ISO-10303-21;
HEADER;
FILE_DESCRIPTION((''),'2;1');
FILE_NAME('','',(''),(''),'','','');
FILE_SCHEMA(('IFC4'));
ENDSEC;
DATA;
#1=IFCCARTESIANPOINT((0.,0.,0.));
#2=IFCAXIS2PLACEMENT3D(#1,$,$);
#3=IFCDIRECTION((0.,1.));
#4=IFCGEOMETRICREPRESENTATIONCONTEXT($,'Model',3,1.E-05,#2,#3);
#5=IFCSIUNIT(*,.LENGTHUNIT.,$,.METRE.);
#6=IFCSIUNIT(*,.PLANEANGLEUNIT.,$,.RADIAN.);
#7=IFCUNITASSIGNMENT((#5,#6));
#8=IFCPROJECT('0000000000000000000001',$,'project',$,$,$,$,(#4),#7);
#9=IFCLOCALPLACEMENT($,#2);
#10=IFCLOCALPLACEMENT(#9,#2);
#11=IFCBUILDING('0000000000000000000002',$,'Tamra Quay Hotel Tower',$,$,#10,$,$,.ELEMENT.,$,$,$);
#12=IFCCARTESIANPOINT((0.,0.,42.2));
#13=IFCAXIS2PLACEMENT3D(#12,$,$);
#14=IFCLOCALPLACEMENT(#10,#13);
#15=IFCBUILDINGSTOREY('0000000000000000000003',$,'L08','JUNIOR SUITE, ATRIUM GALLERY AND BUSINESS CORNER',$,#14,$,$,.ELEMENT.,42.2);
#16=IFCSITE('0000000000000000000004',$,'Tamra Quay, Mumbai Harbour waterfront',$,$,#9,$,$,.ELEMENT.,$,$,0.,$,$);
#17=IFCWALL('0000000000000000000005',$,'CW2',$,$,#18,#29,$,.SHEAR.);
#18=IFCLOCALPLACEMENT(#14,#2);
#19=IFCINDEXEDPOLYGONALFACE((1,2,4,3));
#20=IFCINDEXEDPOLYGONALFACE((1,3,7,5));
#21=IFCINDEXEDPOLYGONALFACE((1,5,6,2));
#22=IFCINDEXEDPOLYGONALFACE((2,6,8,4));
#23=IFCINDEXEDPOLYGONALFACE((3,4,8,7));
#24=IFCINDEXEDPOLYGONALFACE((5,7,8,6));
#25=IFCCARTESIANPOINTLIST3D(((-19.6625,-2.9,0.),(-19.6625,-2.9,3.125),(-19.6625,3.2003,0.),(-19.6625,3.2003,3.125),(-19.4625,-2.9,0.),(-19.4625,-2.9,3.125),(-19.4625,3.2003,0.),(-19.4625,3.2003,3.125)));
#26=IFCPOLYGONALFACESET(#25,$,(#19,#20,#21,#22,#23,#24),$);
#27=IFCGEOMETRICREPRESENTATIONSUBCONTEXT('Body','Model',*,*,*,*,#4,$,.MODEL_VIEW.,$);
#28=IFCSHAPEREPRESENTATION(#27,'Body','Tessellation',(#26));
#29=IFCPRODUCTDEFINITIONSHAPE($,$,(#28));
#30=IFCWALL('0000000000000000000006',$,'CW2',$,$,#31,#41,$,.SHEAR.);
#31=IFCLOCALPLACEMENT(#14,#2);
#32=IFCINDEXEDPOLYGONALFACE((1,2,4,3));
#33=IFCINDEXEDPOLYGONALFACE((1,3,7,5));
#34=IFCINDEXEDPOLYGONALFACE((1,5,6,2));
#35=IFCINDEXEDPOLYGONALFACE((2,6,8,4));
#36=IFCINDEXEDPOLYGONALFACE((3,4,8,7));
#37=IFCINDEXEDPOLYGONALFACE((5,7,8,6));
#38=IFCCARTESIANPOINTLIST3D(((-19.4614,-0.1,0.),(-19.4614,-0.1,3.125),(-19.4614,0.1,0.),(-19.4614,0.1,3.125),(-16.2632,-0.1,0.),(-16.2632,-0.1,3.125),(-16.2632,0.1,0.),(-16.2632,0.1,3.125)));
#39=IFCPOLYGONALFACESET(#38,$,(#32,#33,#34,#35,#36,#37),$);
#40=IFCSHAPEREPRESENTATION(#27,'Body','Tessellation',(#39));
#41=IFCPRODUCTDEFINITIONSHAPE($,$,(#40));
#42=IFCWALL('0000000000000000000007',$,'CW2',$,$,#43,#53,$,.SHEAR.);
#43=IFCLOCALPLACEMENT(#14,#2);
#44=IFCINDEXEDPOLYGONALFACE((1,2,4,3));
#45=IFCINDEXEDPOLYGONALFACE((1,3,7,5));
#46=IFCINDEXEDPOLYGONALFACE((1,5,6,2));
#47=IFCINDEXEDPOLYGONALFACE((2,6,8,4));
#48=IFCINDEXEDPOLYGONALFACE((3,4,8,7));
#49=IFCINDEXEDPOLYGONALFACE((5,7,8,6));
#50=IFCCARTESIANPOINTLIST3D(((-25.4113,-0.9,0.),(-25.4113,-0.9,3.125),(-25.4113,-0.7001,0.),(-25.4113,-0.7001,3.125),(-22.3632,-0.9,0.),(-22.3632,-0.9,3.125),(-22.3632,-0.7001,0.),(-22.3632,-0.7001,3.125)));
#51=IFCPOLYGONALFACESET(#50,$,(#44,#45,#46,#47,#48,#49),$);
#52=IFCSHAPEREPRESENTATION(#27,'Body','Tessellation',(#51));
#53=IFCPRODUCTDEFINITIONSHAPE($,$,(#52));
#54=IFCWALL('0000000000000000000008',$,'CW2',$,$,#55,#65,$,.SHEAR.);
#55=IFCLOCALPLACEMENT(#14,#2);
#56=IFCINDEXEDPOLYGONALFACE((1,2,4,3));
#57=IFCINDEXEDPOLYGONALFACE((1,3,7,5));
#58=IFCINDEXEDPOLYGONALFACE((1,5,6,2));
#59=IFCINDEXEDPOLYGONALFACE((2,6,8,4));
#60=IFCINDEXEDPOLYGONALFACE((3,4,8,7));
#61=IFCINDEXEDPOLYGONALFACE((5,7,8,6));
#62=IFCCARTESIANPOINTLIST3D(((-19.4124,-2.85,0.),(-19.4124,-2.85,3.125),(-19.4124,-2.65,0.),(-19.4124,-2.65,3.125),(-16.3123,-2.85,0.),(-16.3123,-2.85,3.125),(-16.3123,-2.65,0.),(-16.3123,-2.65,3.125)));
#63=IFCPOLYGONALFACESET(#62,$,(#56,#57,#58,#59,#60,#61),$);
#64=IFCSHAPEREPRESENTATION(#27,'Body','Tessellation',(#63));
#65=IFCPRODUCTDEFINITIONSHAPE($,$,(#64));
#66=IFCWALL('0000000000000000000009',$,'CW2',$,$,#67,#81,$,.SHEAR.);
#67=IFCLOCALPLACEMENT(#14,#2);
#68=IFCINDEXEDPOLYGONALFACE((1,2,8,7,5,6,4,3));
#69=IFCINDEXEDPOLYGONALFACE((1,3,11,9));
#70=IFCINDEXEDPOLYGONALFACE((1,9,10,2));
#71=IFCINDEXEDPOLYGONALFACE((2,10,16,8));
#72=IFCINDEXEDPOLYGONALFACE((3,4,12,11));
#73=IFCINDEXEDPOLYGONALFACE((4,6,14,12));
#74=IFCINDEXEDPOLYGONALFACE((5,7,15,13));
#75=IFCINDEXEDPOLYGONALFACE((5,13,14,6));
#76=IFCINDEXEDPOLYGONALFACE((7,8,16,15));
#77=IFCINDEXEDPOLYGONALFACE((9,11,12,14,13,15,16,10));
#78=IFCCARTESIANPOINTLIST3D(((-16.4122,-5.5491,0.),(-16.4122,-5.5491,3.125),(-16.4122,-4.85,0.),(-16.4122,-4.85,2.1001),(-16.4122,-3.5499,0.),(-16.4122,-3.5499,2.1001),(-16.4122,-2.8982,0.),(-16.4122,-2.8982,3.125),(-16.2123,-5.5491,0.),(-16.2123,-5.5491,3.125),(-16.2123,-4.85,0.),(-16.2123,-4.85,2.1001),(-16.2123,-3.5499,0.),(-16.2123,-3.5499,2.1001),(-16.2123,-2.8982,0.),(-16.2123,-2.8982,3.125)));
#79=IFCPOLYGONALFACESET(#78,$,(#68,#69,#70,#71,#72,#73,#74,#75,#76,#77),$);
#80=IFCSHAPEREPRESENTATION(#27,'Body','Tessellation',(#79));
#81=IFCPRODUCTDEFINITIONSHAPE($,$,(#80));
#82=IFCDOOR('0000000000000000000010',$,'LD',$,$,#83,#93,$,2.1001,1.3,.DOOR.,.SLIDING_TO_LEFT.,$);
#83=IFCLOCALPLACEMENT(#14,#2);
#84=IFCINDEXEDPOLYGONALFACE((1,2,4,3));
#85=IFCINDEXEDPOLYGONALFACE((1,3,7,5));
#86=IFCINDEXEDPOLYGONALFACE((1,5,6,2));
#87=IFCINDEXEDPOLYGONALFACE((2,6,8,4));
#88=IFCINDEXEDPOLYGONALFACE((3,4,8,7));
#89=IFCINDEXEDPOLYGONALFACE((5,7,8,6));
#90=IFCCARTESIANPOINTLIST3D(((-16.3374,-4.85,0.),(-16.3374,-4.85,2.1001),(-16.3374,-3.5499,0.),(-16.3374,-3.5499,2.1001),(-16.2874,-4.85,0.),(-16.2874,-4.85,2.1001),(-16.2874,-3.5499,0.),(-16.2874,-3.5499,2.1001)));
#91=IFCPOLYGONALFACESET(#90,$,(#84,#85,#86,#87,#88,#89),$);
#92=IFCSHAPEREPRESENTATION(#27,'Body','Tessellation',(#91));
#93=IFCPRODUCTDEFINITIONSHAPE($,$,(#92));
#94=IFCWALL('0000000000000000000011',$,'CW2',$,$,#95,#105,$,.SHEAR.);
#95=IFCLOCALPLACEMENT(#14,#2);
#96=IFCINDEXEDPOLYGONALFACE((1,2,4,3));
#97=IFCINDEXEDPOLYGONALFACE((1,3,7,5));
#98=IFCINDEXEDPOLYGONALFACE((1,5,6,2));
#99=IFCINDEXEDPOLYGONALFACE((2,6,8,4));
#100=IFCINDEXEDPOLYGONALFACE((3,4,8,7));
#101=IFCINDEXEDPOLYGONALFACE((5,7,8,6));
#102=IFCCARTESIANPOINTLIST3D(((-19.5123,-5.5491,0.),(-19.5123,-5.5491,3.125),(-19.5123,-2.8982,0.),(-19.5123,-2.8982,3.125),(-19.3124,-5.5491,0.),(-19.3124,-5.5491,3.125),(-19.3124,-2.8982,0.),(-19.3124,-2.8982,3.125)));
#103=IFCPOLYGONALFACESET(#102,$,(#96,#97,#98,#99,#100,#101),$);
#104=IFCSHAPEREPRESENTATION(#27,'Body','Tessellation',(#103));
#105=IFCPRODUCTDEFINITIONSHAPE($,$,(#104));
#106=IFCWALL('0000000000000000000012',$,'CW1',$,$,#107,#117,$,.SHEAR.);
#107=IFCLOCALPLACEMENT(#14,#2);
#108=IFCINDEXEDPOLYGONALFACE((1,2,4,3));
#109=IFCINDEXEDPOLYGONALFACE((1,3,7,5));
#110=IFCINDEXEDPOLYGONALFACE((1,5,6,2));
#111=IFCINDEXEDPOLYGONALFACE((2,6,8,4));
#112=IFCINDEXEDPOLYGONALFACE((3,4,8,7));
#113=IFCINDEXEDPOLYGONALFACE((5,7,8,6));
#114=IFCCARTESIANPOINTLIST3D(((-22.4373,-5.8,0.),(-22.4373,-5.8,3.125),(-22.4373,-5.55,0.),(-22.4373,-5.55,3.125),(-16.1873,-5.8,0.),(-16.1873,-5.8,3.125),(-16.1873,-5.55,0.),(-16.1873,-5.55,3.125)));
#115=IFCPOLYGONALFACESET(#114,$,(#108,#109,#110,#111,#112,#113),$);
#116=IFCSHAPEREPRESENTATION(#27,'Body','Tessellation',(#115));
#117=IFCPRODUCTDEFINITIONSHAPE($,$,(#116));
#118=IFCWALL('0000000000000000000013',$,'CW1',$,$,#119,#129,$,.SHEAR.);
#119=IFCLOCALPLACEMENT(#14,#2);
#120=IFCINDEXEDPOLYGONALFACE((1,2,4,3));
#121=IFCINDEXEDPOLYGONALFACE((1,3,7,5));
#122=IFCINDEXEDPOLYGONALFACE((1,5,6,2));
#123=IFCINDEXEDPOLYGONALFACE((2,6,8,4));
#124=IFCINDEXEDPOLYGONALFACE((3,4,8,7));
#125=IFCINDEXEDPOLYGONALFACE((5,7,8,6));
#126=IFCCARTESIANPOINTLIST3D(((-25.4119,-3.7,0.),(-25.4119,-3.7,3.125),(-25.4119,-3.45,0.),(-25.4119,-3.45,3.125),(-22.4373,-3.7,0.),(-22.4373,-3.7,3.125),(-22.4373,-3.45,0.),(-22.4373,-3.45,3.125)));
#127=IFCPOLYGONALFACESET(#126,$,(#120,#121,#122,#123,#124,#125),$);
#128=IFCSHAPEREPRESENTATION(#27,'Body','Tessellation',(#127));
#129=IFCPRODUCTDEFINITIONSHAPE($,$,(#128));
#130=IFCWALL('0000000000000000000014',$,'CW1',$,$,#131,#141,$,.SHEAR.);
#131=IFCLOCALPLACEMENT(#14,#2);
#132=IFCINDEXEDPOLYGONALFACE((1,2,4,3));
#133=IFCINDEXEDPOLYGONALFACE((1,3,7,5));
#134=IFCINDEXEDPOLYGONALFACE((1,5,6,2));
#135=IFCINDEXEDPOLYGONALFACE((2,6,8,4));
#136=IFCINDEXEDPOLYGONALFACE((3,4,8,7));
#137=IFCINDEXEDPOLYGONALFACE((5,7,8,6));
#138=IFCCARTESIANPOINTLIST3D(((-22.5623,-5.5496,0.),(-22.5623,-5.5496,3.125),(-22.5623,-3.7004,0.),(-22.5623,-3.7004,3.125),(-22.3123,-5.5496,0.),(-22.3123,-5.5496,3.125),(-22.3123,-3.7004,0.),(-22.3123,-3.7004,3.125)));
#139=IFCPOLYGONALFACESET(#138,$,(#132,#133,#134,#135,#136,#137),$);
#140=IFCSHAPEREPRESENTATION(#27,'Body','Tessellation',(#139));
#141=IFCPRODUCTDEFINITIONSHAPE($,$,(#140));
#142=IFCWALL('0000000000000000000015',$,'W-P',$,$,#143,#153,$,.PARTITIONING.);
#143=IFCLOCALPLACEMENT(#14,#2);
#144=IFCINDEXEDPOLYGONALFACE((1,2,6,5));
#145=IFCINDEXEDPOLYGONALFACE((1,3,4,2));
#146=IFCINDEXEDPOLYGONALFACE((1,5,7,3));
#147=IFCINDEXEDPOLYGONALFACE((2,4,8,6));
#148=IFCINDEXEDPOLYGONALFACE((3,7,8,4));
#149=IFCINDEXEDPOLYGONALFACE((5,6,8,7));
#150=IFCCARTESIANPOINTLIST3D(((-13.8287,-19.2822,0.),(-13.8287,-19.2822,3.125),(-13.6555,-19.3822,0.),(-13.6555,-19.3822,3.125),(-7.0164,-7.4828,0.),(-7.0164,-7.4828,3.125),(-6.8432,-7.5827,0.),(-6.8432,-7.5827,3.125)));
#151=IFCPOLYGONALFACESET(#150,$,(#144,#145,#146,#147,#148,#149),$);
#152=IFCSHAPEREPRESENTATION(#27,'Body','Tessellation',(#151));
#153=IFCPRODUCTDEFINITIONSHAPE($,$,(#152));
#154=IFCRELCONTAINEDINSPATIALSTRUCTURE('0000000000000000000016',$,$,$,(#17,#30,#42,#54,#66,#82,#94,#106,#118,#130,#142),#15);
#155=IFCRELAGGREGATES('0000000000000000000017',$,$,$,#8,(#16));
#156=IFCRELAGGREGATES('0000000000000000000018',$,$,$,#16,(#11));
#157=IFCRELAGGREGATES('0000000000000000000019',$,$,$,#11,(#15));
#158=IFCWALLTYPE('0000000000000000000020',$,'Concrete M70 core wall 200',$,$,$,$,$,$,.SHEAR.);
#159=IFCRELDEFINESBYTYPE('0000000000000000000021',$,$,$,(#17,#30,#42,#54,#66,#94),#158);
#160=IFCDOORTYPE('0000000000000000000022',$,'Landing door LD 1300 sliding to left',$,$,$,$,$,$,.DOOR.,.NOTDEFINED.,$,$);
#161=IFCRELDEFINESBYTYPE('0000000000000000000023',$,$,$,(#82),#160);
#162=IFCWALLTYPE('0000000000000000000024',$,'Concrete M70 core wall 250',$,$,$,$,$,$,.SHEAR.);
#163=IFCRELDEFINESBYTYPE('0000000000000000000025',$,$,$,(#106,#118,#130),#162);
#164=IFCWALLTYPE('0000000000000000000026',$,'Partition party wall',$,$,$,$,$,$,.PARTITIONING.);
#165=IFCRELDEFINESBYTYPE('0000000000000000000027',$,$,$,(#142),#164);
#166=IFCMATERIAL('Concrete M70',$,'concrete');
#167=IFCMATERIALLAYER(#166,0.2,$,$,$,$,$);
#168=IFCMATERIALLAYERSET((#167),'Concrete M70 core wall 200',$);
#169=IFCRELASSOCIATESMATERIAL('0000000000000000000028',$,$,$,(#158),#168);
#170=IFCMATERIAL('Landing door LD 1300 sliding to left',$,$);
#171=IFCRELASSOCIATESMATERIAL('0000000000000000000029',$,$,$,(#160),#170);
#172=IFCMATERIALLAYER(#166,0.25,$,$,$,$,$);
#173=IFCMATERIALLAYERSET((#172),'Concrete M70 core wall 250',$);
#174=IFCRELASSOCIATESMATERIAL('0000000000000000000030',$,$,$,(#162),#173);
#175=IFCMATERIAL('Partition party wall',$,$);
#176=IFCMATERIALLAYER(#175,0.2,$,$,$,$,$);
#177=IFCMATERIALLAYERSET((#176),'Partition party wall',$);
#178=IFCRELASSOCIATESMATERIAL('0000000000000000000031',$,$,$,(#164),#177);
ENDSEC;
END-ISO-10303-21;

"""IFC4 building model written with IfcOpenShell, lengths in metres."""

from ifc_helpers import new_model, si_unit, direction, frame, frame_2d, origin, place, context, subcontext, project, spatial, rectangle, extrude, material, layer, layer_set, type_object, element, fill, save


model = new_model("IFC4")

# Units and contexts
model_context = context("Model", 3, precision=1e-05, world=origin(), true_north=direction((0.0, 1.0)))
body_context = subcontext(model_context, "Body", "Model", "MODEL_VIEW")
ifc_project = project(units=[si_unit("LENGTHUNIT", "METRE"), si_unit("PLANEANGLEUNIT", "RADIAN")], contexts=[model_context])

# Site, building, storey
site_placement = place(None, origin())
site = spatial("IfcSite", under=ifc_project, at=site_placement, Name="Tamra Quay, Mumbai Harbour waterfront", CompositionType="ELEMENT", RefElevation=0.0)
building_placement = place(site_placement, origin())
building = spatial("IfcBuilding", under=site, at=building_placement, Name="Tamra Quay Hotel Tower", CompositionType="ELEMENT")
storey_placement = place(building_placement, frame((0.0, 0.0, 42.2)))
storey = spatial("IfcBuildingStorey", under=building, at=storey_placement, Name="L08", Description="JUNIOR SUITE, ATRIUM GALLERY AND BUSINESS CORNER", CompositionType="ELEMENT", Elevation=42.2)

# Shared definitions
ifc_material_1 = material(Name="Concrete M70", Category="concrete")

# Walls
ifc_layer_1 = layer(ifc_material_1, 0.2)
ifc_layer_set_1 = layer_set([ifc_layer_1], Name="Concrete M70 core wall 200")
wall_type_1 = type_object("IfcWallType", Name="Concrete M70 core wall 200", PredefinedType="SHEAR", material=ifc_layer_set_1)
wall_1_placement = place(storey_placement, frame((-19.5625, -2.9001, 0.0), z_axis=(0.0, 0.0, 1.0), x_axis=(0.0, 1.0, 0.0)))
element("IfcWall", 1, at=wall_1_placement, inside=storey, type_object=wall_type_1, Name="CW2", PredefinedType="SHEAR", context=body_context, shape_type="SweptSolid", body=[
    extrude(rectangle(XDim=6.1003, YDim=0.2, at=frame_2d((3.0503, 0.0))), origin(), (0.0, 0.0, 1.0), 3.125),
])
wall_2_placement = place(storey_placement, frame((-16.2632, 0.0, 0.0), z_axis=(0.0, 0.0, 1.0), x_axis=(-1.0, 0.0, 0.0)))
element("IfcWall", 2, at=wall_2_placement, inside=storey, type_object=wall_type_1, Name="CW2", PredefinedType="SHEAR", context=body_context, shape_type="SweptSolid", body=[
    extrude(rectangle(XDim=3.1982, YDim=0.2, at=frame_2d((1.5991, 0.0))), origin(), (0.0, 0.0, 1.0), 3.125),
])
wall_3_placement = place(storey_placement, frame((-22.3633, -0.8, 0.0), z_axis=(0.0, 0.0, 1.0), x_axis=(-1.0, 0.0, 0.0)))
element("IfcWall", 3, at=wall_3_placement, inside=storey, type_object=wall_type_1, Name="CW2", PredefinedType="SHEAR", context=body_context, shape_type="SweptSolid", body=[
    extrude(rectangle(XDim=3.0481, YDim=0.2, at=frame_2d((1.5239, 0.0))), origin(), (0.0, 0.0, 1.0), 3.125),
])
wall_4_placement = place(storey_placement, frame((-19.4124, -2.75, 0.0), z_axis=(0.0, 0.0, 1.0), x_axis=(1.0, 0.0, 0.0)))
element("IfcWall", 4, at=wall_4_placement, inside=storey, type_object=wall_type_1, Name="CW2", PredefinedType="SHEAR", context=body_context, shape_type="SweptSolid", body=[
    extrude(rectangle(XDim=3.1001, YDim=0.2, at=frame_2d((1.55, 0.0))), origin(), (0.0, 0.0, 1.0), 3.125),
])

# Wall, opening, door
wall_5_placement = place(storey_placement, frame((-16.3123, -2.8982, 0.0), z_axis=(0.0, 0.0, 1.0), x_axis=(0.0, -1.0, 0.0)))
wall_5 = element("IfcWall", 5, at=wall_5_placement, inside=storey, type_object=wall_type_1, Name="CW2", PredefinedType="SHEAR", context=body_context, shape_type="SweptSolid", body=[
    extrude(rectangle(XDim=2.6509, YDim=0.2, at=frame_2d((1.3254, 0.0))), origin(), (0.0, 0.0, 1.0), 3.125),
])
opening_placement = place(wall_5_placement, frame((0.6519, 0.0, 0.0)))
opening = element("IfcOpeningElement", 6, at=opening_placement, cuts=wall_5, PredefinedType="OPENING", context=body_context, shape_type="SweptSolid", body=[
    extrude(rectangle(XDim=1.3, YDim=2.1001, at=frame_2d((0.6499, 1.05))), frame((0.0, 0.1099, 0.0), z_axis=(0.0, -1.0, 0.0), x_axis=(1.0, 0.0, 0.0)), (0.0, 0.0, 1.0), 0.22),
])
ifc_material_2 = material(Name="Landing door LD 1300 sliding to left")
door_type = type_object("IfcDoorType", Name="Landing door LD 1300 sliding to left", OperationType="NOTDEFINED", PredefinedType="DOOR", material=ifc_material_2)
door_placement = place(opening_placement, origin())
door = element("IfcDoor", 7, at=door_placement, inside=storey, type_object=door_type, Name="LD", OperationType="SLIDING_TO_LEFT", OverallHeight=2.1001, OverallWidth=1.3, PredefinedType="DOOR", context=body_context, shape_type="SweptSolid", body=[
    extrude(rectangle(XDim=1.3, YDim=2.1001, at=frame_2d((0.6499, 1.05))), frame((0.0, 0.0249, 0.0), z_axis=(0.0, -1.0, 0.0), x_axis=(1.0, 0.0, 0.0)), (0.0, 0.0, 1.0), 0.05),
])
fill(opening, door)

# Walls
wall_6_placement = place(storey_placement, frame((-19.4124, -5.5491, 0.0), z_axis=(0.0, 0.0, 1.0), x_axis=(0.0, 1.0, 0.0)))
element("IfcWall", 8, at=wall_6_placement, inside=storey, type_object=wall_type_1, Name="CW2", PredefinedType="SHEAR", context=body_context, shape_type="SweptSolid", body=[
    extrude(rectangle(XDim=2.6509, YDim=0.2, at=frame_2d((1.3254, 0.0))), origin(), (0.0, 0.0, 1.0), 3.125),
])
ifc_layer_2 = layer(ifc_material_1, 0.25)
ifc_layer_set_2 = layer_set([ifc_layer_2], Name="Concrete M70 core wall 250")
wall_type_2 = type_object("IfcWallType", Name="Concrete M70 core wall 250", PredefinedType="SHEAR", material=ifc_layer_set_2)
wall_7_placement = place(storey_placement, frame((-16.1873, -5.675, 0.0), z_axis=(0.0, 0.0, 1.0), x_axis=(-1.0, 0.0, 0.0)))
element("IfcWall", 9, at=wall_7_placement, inside=storey, type_object=wall_type_2, Name="CW1", PredefinedType="SHEAR", context=body_context, shape_type="SweptSolid", body=[
    extrude(rectangle(XDim=6.25, YDim=0.25, at=frame_2d((3.125, 0.0))), origin(), (0.0, 0.0, 1.0), 3.125),
])
wall_8_placement = place(storey_placement, frame((-22.4373, -3.575, 0.0), z_axis=(0.0, 0.0, 1.0), x_axis=(-1.0, 0.0, 0.0)))
element("IfcWall", 10, at=wall_8_placement, inside=storey, type_object=wall_type_2, Name="CW1", PredefinedType="SHEAR", context=body_context, shape_type="SweptSolid", body=[
    extrude(rectangle(XDim=2.9746, YDim=0.25, at=frame_2d((1.4873, 0.0))), origin(), (0.0, 0.0, 1.0), 3.125),
])
wall_9_placement = place(storey_placement, frame((-22.4373, -5.5496, 0.0), z_axis=(0.0, 0.0, 1.0), x_axis=(0.0, 1.0, 0.0)))
element("IfcWall", 11, at=wall_9_placement, inside=storey, type_object=wall_type_2, Name="CW1", PredefinedType="SHEAR", context=body_context, shape_type="SweptSolid", body=[
    extrude(rectangle(XDim=1.8491, YDim=0.25, at=frame_2d((0.9246, 0.0))), origin(), (0.0, 0.0, 1.0), 3.125),
])
ifc_material_3 = material(Name="Partition party wall")
ifc_layer_3 = layer(ifc_material_3, 0.2)
ifc_layer_set_3 = layer_set([ifc_layer_3], Name="Partition party wall")
wall_type_3 = type_object("IfcWallType", Name="Partition party wall", PredefinedType="PARTITIONING", material=ifc_layer_set_3)
wall_10_placement = place(storey_placement, frame((-13.7422, -19.3323, 0.0), z_axis=(0.0, 0.0, 1.0), x_axis=(0.499995, 0.866028, 0.0)))
element("IfcWall", 12, at=wall_10_placement, inside=storey, type_object=wall_type_3, Name="W-P", PredefinedType="PARTITIONING", context=body_context, shape_type="SweptSolid", body=[
    extrude(rectangle(XDim=13.6248, YDim=0.2, at=frame_2d((6.8125, 0.0))), origin(), (0.0, 0.0, 1.0), 3.125),
])

save(model, "model.ifc")
